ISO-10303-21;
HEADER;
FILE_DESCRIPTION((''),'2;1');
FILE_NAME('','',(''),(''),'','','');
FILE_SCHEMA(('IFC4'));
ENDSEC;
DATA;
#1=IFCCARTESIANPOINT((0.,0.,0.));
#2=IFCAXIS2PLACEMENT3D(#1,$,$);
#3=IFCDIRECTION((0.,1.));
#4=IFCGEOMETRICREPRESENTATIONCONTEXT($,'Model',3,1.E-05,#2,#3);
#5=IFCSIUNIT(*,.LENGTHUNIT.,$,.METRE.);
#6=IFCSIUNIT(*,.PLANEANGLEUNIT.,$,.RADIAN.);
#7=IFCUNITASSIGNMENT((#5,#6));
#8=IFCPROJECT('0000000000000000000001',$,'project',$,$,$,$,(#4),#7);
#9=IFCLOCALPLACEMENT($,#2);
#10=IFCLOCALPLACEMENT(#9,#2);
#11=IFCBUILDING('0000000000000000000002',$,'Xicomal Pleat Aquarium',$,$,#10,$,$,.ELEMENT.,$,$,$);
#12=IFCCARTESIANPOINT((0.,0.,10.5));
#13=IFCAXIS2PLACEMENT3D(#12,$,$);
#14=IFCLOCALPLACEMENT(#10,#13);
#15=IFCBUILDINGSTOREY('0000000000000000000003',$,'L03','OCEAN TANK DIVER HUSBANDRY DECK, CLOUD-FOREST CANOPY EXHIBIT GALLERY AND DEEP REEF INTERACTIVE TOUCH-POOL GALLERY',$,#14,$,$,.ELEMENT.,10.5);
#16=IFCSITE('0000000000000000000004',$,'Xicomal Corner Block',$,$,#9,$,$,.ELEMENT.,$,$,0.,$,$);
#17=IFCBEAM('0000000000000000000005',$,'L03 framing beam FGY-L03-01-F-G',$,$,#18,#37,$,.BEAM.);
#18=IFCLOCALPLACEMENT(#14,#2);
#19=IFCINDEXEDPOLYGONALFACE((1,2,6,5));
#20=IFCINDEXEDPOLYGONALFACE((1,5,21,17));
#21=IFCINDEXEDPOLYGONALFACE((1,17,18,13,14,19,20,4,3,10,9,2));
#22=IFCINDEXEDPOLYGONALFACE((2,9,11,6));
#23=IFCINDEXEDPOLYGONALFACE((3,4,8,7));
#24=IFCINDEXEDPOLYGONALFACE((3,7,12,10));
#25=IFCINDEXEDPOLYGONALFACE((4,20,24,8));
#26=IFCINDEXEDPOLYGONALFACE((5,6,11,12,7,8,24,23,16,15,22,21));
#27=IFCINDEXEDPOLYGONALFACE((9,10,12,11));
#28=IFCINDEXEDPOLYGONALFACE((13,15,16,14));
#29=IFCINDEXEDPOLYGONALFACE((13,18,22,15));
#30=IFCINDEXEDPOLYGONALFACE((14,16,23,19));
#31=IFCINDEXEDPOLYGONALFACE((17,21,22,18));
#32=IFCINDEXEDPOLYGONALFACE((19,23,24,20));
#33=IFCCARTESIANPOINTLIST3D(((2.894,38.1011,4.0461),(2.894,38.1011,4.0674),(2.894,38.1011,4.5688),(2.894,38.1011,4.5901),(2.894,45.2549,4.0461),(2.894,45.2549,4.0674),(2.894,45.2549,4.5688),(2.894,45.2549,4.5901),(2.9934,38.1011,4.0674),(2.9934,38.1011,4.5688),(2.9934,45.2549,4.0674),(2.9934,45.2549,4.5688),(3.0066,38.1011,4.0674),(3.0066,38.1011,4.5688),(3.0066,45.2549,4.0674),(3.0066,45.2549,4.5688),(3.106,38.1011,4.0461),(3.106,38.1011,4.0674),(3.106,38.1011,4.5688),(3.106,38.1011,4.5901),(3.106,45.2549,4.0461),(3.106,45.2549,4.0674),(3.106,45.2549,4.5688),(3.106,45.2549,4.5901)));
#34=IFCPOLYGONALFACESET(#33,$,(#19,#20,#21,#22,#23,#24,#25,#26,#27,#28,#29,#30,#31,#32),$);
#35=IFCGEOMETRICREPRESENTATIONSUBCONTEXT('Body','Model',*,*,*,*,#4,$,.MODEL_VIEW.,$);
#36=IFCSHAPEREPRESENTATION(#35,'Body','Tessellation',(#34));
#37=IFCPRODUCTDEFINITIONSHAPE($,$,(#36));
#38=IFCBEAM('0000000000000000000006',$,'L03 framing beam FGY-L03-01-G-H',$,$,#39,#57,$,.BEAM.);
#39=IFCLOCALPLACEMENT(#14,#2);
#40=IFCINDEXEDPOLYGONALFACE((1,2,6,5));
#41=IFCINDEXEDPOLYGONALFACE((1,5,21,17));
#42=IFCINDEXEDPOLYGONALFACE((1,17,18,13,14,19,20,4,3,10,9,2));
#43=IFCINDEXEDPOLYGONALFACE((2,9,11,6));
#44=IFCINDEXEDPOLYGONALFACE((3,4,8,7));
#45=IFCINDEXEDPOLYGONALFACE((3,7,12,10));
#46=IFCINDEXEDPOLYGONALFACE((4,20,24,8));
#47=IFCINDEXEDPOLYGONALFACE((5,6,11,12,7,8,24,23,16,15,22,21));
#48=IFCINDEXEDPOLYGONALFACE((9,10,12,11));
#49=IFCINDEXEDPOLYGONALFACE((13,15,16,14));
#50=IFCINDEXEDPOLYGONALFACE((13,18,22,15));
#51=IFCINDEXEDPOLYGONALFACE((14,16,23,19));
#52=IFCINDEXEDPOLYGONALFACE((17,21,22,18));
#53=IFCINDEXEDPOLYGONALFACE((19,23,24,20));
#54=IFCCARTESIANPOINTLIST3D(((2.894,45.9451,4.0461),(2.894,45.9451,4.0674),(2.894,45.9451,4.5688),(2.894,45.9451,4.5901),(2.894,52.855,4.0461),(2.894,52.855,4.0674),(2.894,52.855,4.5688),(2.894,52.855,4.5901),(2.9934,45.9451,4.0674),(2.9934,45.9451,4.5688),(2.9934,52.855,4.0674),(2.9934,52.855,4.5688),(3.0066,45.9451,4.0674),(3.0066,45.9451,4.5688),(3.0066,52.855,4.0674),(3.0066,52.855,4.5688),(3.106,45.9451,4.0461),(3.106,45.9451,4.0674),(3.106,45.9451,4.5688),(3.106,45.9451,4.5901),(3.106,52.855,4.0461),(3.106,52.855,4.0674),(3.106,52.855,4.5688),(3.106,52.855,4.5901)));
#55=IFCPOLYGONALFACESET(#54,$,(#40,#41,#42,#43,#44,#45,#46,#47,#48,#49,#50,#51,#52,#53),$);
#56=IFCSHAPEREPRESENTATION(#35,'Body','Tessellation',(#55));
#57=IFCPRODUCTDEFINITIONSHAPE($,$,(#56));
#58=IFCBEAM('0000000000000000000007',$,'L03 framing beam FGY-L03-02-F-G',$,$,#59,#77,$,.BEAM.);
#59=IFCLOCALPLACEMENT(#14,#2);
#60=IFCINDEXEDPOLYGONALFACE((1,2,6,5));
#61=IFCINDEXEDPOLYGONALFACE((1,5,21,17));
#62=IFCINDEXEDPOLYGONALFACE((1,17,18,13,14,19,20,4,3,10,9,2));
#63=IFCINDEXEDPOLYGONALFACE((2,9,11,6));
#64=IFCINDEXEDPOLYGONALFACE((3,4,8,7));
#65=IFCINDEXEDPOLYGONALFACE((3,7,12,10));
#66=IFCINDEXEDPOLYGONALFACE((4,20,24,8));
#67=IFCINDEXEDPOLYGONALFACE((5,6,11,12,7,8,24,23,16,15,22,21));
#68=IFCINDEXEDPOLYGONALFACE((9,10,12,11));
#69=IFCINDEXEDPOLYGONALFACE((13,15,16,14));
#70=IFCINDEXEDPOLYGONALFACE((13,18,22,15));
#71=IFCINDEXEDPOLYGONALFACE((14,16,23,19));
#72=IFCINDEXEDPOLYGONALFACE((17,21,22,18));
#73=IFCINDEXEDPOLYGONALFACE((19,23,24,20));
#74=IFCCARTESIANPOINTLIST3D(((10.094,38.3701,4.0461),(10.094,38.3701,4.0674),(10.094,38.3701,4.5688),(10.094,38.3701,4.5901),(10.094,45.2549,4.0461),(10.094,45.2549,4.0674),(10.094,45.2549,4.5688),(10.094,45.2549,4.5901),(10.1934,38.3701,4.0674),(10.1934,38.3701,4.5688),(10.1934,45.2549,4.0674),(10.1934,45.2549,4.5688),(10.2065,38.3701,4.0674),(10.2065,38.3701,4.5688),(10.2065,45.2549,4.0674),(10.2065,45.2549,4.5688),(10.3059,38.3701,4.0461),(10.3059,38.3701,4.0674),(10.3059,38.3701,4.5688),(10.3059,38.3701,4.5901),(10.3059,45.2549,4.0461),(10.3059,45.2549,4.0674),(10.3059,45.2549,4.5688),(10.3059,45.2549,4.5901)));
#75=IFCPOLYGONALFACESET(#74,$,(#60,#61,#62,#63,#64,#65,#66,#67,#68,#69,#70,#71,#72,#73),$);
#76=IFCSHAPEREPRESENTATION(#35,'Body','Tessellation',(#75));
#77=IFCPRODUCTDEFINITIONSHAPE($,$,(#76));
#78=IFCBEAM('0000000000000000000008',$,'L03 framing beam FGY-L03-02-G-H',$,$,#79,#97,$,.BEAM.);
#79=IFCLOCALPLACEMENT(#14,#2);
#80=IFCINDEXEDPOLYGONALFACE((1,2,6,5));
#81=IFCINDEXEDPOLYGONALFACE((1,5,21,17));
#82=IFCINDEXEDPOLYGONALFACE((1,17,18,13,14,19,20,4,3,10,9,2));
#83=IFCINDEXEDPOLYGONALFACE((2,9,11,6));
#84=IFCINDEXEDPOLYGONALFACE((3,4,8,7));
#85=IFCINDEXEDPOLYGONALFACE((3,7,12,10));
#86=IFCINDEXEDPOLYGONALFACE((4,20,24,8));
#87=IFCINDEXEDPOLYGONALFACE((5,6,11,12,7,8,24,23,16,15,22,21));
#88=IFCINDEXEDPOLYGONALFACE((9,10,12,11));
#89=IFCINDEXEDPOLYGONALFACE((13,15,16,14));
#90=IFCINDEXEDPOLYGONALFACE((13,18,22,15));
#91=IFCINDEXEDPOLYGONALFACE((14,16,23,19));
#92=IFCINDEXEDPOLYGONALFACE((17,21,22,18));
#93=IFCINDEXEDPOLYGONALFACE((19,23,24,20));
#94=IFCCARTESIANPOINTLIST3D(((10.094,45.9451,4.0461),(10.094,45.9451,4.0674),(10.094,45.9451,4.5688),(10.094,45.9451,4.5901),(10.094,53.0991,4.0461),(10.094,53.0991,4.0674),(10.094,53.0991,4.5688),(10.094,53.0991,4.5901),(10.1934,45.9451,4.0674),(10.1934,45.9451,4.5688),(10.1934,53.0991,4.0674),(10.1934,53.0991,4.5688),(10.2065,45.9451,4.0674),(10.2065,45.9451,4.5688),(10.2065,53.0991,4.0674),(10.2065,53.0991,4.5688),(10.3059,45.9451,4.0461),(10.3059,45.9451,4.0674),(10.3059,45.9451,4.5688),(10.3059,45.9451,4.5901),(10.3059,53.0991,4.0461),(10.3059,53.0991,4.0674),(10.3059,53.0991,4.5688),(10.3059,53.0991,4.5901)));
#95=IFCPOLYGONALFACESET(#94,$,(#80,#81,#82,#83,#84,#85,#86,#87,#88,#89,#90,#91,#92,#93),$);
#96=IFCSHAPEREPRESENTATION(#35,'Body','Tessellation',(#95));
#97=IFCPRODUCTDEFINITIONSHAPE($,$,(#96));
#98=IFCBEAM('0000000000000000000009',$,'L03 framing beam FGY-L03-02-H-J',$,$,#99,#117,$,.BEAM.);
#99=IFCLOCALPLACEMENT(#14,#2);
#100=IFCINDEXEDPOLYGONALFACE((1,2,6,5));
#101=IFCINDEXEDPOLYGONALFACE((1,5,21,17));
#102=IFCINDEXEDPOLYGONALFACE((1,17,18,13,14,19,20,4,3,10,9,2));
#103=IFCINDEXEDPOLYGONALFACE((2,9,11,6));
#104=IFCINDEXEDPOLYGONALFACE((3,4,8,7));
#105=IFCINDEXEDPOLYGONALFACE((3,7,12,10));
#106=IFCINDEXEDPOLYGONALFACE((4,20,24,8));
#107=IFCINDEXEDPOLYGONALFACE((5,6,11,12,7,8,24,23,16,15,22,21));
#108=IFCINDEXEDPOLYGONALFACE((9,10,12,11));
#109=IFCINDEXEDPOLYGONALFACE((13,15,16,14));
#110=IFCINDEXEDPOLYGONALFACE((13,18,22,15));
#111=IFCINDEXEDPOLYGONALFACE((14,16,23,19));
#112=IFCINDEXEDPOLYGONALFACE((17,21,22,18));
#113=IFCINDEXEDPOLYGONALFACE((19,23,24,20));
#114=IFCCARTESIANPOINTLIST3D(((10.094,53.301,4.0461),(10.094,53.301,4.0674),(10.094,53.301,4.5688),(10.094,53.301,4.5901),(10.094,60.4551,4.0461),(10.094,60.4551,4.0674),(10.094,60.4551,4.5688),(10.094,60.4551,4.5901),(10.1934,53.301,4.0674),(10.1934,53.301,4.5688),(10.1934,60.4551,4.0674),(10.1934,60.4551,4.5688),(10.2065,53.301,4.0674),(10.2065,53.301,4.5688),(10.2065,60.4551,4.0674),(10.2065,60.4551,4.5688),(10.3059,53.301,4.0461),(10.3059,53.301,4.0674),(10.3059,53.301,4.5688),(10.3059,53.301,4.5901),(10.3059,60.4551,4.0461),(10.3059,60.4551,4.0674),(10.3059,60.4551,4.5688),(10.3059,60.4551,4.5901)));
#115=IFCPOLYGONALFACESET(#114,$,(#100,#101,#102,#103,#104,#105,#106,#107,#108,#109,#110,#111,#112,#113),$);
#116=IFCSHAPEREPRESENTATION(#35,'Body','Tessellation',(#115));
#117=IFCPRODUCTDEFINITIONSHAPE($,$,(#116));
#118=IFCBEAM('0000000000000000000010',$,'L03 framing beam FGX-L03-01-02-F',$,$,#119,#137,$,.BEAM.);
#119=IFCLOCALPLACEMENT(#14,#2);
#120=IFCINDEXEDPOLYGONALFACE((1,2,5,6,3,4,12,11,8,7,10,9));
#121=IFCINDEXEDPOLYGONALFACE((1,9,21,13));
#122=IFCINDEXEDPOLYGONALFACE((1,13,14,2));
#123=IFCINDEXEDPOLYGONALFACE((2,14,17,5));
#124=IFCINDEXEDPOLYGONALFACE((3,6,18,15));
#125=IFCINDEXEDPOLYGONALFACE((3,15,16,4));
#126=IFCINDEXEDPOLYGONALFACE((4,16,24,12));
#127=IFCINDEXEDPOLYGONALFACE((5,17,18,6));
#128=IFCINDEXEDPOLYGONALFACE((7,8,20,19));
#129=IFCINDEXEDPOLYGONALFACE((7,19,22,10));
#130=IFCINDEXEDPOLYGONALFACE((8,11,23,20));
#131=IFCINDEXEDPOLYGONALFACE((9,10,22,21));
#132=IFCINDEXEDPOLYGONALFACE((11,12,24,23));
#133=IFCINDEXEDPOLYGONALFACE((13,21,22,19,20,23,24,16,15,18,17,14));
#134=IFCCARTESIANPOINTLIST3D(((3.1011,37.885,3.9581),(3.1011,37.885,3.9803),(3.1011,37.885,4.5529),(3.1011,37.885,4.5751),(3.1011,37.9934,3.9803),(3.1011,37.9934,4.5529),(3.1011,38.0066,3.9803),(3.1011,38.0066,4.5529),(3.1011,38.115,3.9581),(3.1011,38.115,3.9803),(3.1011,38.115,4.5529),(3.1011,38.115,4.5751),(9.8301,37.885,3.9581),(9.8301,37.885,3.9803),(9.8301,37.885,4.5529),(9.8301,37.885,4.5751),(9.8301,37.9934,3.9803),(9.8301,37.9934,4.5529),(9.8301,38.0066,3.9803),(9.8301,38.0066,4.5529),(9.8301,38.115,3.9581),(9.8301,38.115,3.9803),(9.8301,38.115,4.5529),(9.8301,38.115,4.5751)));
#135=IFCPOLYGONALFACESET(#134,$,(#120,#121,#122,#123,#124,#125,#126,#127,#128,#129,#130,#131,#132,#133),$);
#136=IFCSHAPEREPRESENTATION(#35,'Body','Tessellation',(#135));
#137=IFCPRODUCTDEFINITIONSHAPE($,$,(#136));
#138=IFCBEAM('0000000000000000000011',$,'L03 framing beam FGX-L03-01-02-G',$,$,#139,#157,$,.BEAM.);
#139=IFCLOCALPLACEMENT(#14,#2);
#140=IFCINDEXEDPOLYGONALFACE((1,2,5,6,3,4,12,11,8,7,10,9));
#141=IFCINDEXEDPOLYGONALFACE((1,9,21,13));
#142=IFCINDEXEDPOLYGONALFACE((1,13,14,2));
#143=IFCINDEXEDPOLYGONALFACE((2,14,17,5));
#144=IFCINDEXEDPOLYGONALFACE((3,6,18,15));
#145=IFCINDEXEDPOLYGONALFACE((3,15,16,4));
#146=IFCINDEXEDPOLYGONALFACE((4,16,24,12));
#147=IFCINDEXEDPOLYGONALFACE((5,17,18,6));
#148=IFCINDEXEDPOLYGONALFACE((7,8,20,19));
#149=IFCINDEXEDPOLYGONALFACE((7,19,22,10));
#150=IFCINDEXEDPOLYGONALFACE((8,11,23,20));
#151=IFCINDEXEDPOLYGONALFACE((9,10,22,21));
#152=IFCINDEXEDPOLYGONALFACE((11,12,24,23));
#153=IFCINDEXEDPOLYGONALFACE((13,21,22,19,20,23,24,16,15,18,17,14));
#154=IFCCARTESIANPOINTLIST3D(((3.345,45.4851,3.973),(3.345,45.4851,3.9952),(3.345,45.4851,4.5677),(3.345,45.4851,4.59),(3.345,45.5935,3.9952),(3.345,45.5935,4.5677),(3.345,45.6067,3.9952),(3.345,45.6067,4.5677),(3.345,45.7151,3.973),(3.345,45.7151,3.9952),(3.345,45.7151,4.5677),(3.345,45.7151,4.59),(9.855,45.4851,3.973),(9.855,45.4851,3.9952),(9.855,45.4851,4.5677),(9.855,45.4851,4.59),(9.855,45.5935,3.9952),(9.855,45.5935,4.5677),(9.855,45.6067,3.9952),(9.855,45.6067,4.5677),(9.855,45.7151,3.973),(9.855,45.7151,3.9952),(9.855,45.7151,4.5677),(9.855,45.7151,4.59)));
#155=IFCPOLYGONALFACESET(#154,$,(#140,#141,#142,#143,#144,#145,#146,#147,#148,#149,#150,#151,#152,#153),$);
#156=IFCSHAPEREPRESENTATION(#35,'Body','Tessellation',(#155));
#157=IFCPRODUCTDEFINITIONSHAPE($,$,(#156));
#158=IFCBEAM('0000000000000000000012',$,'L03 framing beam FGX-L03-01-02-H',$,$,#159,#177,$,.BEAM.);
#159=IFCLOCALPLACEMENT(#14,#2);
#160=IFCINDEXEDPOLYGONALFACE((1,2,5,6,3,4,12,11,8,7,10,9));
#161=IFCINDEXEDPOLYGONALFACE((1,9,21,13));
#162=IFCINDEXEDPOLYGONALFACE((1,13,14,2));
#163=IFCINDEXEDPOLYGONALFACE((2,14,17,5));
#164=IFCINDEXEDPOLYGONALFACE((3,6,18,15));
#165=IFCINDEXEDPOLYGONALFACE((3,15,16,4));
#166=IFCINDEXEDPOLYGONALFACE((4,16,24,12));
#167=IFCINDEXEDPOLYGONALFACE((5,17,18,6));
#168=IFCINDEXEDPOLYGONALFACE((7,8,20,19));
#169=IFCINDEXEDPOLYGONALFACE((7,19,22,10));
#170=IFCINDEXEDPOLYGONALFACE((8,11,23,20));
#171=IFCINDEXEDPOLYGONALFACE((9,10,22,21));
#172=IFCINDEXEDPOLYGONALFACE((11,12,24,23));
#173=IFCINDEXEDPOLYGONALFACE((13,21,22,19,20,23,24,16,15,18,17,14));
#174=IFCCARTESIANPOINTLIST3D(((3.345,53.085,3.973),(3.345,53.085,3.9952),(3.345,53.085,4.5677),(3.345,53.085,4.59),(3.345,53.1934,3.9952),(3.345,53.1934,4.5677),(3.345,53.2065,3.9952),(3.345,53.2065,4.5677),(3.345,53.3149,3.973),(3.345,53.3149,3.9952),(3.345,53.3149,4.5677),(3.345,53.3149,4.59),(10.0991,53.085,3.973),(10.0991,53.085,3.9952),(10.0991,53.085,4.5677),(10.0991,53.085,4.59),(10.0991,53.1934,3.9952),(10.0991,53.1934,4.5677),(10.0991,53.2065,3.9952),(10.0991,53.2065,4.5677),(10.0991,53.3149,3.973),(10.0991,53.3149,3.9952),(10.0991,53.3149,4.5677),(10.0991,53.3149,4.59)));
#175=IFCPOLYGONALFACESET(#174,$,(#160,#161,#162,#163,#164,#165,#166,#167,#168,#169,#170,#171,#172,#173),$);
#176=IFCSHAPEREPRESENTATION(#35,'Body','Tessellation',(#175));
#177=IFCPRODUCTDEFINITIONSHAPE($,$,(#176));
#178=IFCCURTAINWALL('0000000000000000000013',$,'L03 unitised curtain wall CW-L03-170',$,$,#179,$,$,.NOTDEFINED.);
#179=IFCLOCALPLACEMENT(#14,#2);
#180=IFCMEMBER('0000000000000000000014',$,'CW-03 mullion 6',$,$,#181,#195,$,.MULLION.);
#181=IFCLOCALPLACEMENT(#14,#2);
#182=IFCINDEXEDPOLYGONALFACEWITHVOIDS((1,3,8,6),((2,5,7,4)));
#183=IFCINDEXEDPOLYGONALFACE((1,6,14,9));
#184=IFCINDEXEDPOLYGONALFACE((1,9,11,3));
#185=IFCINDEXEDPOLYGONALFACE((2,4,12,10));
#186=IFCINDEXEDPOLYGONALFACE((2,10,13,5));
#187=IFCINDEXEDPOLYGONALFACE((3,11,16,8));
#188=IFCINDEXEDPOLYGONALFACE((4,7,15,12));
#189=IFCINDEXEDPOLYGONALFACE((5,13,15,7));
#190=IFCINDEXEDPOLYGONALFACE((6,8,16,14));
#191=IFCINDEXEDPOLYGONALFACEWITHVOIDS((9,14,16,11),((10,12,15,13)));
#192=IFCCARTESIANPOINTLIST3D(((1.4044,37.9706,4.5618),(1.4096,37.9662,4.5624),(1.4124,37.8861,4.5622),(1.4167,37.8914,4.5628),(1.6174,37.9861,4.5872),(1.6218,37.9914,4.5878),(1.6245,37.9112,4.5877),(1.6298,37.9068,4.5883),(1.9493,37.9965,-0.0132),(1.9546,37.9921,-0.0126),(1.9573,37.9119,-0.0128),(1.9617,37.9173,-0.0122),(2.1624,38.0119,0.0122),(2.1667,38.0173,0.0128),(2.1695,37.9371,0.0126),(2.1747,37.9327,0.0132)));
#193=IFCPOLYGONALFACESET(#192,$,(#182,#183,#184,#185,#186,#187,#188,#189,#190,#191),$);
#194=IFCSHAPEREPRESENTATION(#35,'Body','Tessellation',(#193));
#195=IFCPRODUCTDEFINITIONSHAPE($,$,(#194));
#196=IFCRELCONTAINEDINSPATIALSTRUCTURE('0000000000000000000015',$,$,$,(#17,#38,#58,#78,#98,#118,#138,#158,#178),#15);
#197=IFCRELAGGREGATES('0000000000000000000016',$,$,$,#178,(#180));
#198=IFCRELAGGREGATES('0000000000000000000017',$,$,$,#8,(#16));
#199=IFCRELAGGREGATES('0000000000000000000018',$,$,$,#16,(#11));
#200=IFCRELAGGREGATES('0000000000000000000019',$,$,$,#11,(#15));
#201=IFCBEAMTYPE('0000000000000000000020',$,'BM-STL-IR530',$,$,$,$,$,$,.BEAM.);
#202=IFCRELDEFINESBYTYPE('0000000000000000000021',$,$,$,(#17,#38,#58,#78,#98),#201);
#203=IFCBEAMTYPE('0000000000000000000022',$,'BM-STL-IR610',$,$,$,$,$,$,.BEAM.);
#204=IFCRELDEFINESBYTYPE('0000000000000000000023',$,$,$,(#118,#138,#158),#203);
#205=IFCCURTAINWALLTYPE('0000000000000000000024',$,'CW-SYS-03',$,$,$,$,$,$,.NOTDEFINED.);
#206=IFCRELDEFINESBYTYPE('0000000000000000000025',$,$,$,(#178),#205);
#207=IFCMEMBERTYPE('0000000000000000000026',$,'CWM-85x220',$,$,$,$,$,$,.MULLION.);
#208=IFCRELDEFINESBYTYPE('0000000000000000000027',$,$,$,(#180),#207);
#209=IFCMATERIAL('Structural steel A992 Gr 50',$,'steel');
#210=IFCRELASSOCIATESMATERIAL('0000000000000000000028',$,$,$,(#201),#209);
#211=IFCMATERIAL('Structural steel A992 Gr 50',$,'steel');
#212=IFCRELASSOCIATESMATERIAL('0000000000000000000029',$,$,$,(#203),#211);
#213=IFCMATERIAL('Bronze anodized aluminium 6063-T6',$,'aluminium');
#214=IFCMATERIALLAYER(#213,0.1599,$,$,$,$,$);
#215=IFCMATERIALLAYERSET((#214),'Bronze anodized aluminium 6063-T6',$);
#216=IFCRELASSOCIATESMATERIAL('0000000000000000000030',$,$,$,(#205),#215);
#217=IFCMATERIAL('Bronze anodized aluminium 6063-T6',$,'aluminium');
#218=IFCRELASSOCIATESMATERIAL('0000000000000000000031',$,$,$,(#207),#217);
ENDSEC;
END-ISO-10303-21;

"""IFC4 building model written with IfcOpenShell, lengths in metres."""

from ifc_helpers import new_model, si_unit, direction, frame, origin, origin_2d, place, context, subcontext, project, spatial, hollow_rectangle, i_section, extrude, material, layer, layer_set, material_profile, profile_set, type_object, element, aggregate, save


model = new_model("IFC4")

# Units and contexts
model_context = context("Model", 3, precision=1e-05, world=origin(), true_north=direction((0.0, 1.0)))
body_context = subcontext(model_context, "Body", "Model", "MODEL_VIEW")
ifc_project = project(units=[si_unit("LENGTHUNIT", "METRE"), si_unit("PLANEANGLEUNIT", "RADIAN")], contexts=[model_context])

# Site, building, storey
site_placement = place(None, origin())
site = spatial("IfcSite", under=ifc_project, at=site_placement, Name="Xicomal Corner Block", CompositionType="ELEMENT", RefElevation=0.0)
building_placement = place(site_placement, origin())
building = spatial("IfcBuilding", under=site, at=building_placement, Name="Xicomal Pleat Aquarium", CompositionType="ELEMENT")
storey_placement = place(building_placement, frame((0.0, 0.0, 10.5)))
storey = spatial("IfcBuildingStorey", under=building, at=storey_placement, Name="L03", Description="OCEAN TANK DIVER HUSBANDRY DECK, CLOUD-FOREST CANOPY EXHIBIT GALLERY AND DEEP REEF INTERACTIVE TOUCH-POOL GALLERY", CompositionType="ELEMENT", Elevation=10.5)

# Beams
ifc_material_1 = material(Name="Structural steel A992 Gr 50", Category="steel")
ifc_material_profile_1 = material_profile(ifc_material_1, i_section(OverallWidth=0.2119, OverallDepth=0.5439, WebThickness=0.0132, FlangeThickness=0.0212, at=origin_2d()), Name="IR 530x123")
ifc_profile_set_1 = profile_set([ifc_material_profile_1], Name="Structural steel A992 Gr 50")
beam_type_1 = type_object("IfcBeamType", Name="BM-STL-IR530", PredefinedType="BEAM", material=ifc_profile_set_1)
beam_1_placement = place(storey_placement, frame((3.0, 38.1011, 4.3181), z_axis=(0.0, 1.0, 0.0), x_axis=(-1.0, 0.0, 0.0)))
element("IfcBeam", 1, at=beam_1_placement, inside=storey, type_object=beam_type_1, Name="L03 framing beam FGY-L03-01-F-G", PredefinedType="BEAM", context=body_context, shape_type="SweptSolid", body=[
    extrude(i_section(OverallWidth=0.2119, OverallDepth=0.5439, WebThickness=0.0132, FlangeThickness=0.0212, at=origin_2d()), origin(), (0.0, 0.0, 1.0), 7.1538),
])
beam_2_placement = place(storey_placement, frame((3.0, 45.9451, 4.3181), z_axis=(0.0, 1.0, 0.0), x_axis=(-1.0, 0.0, 0.0)))
element("IfcBeam", 2, at=beam_2_placement, inside=storey, type_object=beam_type_1, Name="L03 framing beam FGY-L03-01-G-H", PredefinedType="BEAM", context=body_context, shape_type="SweptSolid", body=[
    extrude(i_section(OverallWidth=0.2119, OverallDepth=0.5439, WebThickness=0.0132, FlangeThickness=0.0212, at=origin_2d()), origin(), (0.0, 0.0, 1.0), 6.9099),
])
beam_3_placement = place(storey_placement, frame((10.2, 38.3701, 4.3181), z_axis=(0.0, 1.0, 0.0), x_axis=(-1.0, 0.0, 0.0)))
element("IfcBeam", 3, at=beam_3_placement, inside=storey, type_object=beam_type_1, Name="L03 framing beam FGY-L03-02-F-G", PredefinedType="BEAM", context=body_context, shape_type="SweptSolid", body=[
    extrude(i_section(OverallWidth=0.2119, OverallDepth=0.5439, WebThickness=0.0132, FlangeThickness=0.0212, at=origin_2d()), origin(), (0.0, 0.0, 1.0), 6.8848),
])
for number, where, z_axis, x_axis, name in (
    (4, (10.2, 45.9451, 4.3181), (0.0, 1.0, 0.0), (-1.0, 0.0, 0.0), "L03 framing beam FGY-L03-02-G-H"),
    (5, (10.2, 53.301, 4.3181), (0.0, 1.0, 0.0), (-1.0, 0.0, 0.0), "L03 framing beam FGY-L03-02-H-J"),
):
    element("IfcBeam", number, at=place(storey_placement, frame(where, z_axis=z_axis, x_axis=x_axis)), inside=storey, type_object=beam_type_1, Name=name, PredefinedType="BEAM", context=body_context, shape_type="SweptSolid", body=[
        extrude(i_section(OverallWidth=0.2119, OverallDepth=0.5439, WebThickness=0.0132, FlangeThickness=0.0212, at=origin_2d()), origin(), (0.0, 0.0, 1.0), 7.1541),
    ])
ifc_material_2 = material(Name="Structural steel A992 Gr 50", Category="steel")
ifc_material_profile_2 = material_profile(ifc_material_2, i_section(OverallWidth=0.23, OverallDepth=0.6169, WebThickness=0.0132, FlangeThickness=0.0222, at=origin_2d()), Name="IR 610x140")
ifc_profile_set_2 = profile_set([ifc_material_profile_2], Name="Structural steel A992 Gr 50")
beam_type_2 = type_object("IfcBeamType", Name="BM-STL-IR610", PredefinedType="BEAM", material=ifc_profile_set_2)
beam_4_placement = place(storey_placement, frame((3.1011, 38.0, 4.2666), z_axis=(1.0, 0.0, 0.0), x_axis=(0.0, 1.0, 0.0)))
element("IfcBeam", 6, at=beam_4_placement, inside=storey, type_object=beam_type_2, Name="L03 framing beam FGX-L03-01-02-F", PredefinedType="BEAM", context=body_context, shape_type="SweptSolid", body=[
    extrude(i_section(OverallWidth=0.23, OverallDepth=0.6169, WebThickness=0.0132, FlangeThickness=0.0222, at=origin_2d()), origin(), (0.0, 0.0, 1.0), 6.729),
])
beam_5_placement = place(storey_placement, frame((3.345, 45.6001, 4.2815), z_axis=(1.0, 0.0, 0.0), x_axis=(0.0, 1.0, 0.0)))
element("IfcBeam", 7, at=beam_5_placement, inside=storey, type_object=beam_type_2, Name="L03 framing beam FGX-L03-01-02-G", PredefinedType="BEAM", context=body_context, shape_type="SweptSolid", body=[
    extrude(i_section(OverallWidth=0.23, OverallDepth=0.6169, WebThickness=0.0132, FlangeThickness=0.0222, at=origin_2d()), origin(), (0.0, 0.0, 1.0), 6.51),
])
beam_6_placement = place(storey_placement, frame((3.345, 53.2, 4.2815), z_axis=(1.0, 0.0, 0.0), x_axis=(0.0, 1.0, 0.0)))
element("IfcBeam", 8, at=beam_6_placement, inside=storey, type_object=beam_type_2, Name="L03 framing beam FGX-L03-01-02-H", PredefinedType="BEAM", context=body_context, shape_type="SweptSolid", body=[
    extrude(i_section(OverallWidth=0.23, OverallDepth=0.6169, WebThickness=0.0132, FlangeThickness=0.0222, at=origin_2d()), origin(), (0.0, 0.0, 1.0), 6.7542),
])

# Curtain wall, member
ifc_material_3 = material(Name="Bronze anodized aluminium 6063-T6", Category="aluminium")
ifc_layer_1 = layer(ifc_material_3, 0.1599)
ifc_layer_set_1 = layer_set([ifc_layer_1], Name="Bronze anodized aluminium 6063-T6")
curtain_wall_type = type_object("IfcCurtainWallType", Name="CW-SYS-03", PredefinedType="NOTDEFINED", material=ifc_layer_set_1)
curtain_wall_placement = place(storey_placement, origin())
curtain_wall = element("IfcCurtainWall", 9, at=curtain_wall_placement, inside=storey, type_object=curtain_wall_type, Name="L03 unitised curtain wall CW-L03-170", PredefinedType="NOTDEFINED")
ifc_material_4 = material(Name="Bronze anodized aluminium 6063-T6", Category="aluminium")
ifc_material_profile_3 = material_profile(ifc_material_4, hollow_rectangle(XDim=0.085, YDim=0.22, WallThickness=0.0049, at=origin_2d()), Name="ALU MULL 85x220")
ifc_profile_set_3 = profile_set([ifc_material_profile_3], Name="Bronze anodized aluminium 6063-T6")
member_type = type_object("IfcMemberType", Name="CWM-85x220", PredefinedType="MULLION", material=ifc_profile_set_3)
member_placement = place(storey_placement, frame((2.062, 37.9646, 0.0), z_axis=(-0.118272, -0.005617, 0.992965), x_axis=(-0.094314, 0.995527, -0.005602)))
member = element("IfcMember", 10, at=member_placement, type_object=member_type, Name="CW-03 mullion 6", PredefinedType="MULLION", context=body_context, shape_type="SweptSolid", body=[
    extrude(hollow_rectangle(XDim=0.085, YDim=0.22, WallThickness=0.0049, at=origin_2d()), origin(), (0.0, 0.0, 1.0), 4.6074),
])
aggregate(curtain_wall, [member])

save(model, "model.ifc")
